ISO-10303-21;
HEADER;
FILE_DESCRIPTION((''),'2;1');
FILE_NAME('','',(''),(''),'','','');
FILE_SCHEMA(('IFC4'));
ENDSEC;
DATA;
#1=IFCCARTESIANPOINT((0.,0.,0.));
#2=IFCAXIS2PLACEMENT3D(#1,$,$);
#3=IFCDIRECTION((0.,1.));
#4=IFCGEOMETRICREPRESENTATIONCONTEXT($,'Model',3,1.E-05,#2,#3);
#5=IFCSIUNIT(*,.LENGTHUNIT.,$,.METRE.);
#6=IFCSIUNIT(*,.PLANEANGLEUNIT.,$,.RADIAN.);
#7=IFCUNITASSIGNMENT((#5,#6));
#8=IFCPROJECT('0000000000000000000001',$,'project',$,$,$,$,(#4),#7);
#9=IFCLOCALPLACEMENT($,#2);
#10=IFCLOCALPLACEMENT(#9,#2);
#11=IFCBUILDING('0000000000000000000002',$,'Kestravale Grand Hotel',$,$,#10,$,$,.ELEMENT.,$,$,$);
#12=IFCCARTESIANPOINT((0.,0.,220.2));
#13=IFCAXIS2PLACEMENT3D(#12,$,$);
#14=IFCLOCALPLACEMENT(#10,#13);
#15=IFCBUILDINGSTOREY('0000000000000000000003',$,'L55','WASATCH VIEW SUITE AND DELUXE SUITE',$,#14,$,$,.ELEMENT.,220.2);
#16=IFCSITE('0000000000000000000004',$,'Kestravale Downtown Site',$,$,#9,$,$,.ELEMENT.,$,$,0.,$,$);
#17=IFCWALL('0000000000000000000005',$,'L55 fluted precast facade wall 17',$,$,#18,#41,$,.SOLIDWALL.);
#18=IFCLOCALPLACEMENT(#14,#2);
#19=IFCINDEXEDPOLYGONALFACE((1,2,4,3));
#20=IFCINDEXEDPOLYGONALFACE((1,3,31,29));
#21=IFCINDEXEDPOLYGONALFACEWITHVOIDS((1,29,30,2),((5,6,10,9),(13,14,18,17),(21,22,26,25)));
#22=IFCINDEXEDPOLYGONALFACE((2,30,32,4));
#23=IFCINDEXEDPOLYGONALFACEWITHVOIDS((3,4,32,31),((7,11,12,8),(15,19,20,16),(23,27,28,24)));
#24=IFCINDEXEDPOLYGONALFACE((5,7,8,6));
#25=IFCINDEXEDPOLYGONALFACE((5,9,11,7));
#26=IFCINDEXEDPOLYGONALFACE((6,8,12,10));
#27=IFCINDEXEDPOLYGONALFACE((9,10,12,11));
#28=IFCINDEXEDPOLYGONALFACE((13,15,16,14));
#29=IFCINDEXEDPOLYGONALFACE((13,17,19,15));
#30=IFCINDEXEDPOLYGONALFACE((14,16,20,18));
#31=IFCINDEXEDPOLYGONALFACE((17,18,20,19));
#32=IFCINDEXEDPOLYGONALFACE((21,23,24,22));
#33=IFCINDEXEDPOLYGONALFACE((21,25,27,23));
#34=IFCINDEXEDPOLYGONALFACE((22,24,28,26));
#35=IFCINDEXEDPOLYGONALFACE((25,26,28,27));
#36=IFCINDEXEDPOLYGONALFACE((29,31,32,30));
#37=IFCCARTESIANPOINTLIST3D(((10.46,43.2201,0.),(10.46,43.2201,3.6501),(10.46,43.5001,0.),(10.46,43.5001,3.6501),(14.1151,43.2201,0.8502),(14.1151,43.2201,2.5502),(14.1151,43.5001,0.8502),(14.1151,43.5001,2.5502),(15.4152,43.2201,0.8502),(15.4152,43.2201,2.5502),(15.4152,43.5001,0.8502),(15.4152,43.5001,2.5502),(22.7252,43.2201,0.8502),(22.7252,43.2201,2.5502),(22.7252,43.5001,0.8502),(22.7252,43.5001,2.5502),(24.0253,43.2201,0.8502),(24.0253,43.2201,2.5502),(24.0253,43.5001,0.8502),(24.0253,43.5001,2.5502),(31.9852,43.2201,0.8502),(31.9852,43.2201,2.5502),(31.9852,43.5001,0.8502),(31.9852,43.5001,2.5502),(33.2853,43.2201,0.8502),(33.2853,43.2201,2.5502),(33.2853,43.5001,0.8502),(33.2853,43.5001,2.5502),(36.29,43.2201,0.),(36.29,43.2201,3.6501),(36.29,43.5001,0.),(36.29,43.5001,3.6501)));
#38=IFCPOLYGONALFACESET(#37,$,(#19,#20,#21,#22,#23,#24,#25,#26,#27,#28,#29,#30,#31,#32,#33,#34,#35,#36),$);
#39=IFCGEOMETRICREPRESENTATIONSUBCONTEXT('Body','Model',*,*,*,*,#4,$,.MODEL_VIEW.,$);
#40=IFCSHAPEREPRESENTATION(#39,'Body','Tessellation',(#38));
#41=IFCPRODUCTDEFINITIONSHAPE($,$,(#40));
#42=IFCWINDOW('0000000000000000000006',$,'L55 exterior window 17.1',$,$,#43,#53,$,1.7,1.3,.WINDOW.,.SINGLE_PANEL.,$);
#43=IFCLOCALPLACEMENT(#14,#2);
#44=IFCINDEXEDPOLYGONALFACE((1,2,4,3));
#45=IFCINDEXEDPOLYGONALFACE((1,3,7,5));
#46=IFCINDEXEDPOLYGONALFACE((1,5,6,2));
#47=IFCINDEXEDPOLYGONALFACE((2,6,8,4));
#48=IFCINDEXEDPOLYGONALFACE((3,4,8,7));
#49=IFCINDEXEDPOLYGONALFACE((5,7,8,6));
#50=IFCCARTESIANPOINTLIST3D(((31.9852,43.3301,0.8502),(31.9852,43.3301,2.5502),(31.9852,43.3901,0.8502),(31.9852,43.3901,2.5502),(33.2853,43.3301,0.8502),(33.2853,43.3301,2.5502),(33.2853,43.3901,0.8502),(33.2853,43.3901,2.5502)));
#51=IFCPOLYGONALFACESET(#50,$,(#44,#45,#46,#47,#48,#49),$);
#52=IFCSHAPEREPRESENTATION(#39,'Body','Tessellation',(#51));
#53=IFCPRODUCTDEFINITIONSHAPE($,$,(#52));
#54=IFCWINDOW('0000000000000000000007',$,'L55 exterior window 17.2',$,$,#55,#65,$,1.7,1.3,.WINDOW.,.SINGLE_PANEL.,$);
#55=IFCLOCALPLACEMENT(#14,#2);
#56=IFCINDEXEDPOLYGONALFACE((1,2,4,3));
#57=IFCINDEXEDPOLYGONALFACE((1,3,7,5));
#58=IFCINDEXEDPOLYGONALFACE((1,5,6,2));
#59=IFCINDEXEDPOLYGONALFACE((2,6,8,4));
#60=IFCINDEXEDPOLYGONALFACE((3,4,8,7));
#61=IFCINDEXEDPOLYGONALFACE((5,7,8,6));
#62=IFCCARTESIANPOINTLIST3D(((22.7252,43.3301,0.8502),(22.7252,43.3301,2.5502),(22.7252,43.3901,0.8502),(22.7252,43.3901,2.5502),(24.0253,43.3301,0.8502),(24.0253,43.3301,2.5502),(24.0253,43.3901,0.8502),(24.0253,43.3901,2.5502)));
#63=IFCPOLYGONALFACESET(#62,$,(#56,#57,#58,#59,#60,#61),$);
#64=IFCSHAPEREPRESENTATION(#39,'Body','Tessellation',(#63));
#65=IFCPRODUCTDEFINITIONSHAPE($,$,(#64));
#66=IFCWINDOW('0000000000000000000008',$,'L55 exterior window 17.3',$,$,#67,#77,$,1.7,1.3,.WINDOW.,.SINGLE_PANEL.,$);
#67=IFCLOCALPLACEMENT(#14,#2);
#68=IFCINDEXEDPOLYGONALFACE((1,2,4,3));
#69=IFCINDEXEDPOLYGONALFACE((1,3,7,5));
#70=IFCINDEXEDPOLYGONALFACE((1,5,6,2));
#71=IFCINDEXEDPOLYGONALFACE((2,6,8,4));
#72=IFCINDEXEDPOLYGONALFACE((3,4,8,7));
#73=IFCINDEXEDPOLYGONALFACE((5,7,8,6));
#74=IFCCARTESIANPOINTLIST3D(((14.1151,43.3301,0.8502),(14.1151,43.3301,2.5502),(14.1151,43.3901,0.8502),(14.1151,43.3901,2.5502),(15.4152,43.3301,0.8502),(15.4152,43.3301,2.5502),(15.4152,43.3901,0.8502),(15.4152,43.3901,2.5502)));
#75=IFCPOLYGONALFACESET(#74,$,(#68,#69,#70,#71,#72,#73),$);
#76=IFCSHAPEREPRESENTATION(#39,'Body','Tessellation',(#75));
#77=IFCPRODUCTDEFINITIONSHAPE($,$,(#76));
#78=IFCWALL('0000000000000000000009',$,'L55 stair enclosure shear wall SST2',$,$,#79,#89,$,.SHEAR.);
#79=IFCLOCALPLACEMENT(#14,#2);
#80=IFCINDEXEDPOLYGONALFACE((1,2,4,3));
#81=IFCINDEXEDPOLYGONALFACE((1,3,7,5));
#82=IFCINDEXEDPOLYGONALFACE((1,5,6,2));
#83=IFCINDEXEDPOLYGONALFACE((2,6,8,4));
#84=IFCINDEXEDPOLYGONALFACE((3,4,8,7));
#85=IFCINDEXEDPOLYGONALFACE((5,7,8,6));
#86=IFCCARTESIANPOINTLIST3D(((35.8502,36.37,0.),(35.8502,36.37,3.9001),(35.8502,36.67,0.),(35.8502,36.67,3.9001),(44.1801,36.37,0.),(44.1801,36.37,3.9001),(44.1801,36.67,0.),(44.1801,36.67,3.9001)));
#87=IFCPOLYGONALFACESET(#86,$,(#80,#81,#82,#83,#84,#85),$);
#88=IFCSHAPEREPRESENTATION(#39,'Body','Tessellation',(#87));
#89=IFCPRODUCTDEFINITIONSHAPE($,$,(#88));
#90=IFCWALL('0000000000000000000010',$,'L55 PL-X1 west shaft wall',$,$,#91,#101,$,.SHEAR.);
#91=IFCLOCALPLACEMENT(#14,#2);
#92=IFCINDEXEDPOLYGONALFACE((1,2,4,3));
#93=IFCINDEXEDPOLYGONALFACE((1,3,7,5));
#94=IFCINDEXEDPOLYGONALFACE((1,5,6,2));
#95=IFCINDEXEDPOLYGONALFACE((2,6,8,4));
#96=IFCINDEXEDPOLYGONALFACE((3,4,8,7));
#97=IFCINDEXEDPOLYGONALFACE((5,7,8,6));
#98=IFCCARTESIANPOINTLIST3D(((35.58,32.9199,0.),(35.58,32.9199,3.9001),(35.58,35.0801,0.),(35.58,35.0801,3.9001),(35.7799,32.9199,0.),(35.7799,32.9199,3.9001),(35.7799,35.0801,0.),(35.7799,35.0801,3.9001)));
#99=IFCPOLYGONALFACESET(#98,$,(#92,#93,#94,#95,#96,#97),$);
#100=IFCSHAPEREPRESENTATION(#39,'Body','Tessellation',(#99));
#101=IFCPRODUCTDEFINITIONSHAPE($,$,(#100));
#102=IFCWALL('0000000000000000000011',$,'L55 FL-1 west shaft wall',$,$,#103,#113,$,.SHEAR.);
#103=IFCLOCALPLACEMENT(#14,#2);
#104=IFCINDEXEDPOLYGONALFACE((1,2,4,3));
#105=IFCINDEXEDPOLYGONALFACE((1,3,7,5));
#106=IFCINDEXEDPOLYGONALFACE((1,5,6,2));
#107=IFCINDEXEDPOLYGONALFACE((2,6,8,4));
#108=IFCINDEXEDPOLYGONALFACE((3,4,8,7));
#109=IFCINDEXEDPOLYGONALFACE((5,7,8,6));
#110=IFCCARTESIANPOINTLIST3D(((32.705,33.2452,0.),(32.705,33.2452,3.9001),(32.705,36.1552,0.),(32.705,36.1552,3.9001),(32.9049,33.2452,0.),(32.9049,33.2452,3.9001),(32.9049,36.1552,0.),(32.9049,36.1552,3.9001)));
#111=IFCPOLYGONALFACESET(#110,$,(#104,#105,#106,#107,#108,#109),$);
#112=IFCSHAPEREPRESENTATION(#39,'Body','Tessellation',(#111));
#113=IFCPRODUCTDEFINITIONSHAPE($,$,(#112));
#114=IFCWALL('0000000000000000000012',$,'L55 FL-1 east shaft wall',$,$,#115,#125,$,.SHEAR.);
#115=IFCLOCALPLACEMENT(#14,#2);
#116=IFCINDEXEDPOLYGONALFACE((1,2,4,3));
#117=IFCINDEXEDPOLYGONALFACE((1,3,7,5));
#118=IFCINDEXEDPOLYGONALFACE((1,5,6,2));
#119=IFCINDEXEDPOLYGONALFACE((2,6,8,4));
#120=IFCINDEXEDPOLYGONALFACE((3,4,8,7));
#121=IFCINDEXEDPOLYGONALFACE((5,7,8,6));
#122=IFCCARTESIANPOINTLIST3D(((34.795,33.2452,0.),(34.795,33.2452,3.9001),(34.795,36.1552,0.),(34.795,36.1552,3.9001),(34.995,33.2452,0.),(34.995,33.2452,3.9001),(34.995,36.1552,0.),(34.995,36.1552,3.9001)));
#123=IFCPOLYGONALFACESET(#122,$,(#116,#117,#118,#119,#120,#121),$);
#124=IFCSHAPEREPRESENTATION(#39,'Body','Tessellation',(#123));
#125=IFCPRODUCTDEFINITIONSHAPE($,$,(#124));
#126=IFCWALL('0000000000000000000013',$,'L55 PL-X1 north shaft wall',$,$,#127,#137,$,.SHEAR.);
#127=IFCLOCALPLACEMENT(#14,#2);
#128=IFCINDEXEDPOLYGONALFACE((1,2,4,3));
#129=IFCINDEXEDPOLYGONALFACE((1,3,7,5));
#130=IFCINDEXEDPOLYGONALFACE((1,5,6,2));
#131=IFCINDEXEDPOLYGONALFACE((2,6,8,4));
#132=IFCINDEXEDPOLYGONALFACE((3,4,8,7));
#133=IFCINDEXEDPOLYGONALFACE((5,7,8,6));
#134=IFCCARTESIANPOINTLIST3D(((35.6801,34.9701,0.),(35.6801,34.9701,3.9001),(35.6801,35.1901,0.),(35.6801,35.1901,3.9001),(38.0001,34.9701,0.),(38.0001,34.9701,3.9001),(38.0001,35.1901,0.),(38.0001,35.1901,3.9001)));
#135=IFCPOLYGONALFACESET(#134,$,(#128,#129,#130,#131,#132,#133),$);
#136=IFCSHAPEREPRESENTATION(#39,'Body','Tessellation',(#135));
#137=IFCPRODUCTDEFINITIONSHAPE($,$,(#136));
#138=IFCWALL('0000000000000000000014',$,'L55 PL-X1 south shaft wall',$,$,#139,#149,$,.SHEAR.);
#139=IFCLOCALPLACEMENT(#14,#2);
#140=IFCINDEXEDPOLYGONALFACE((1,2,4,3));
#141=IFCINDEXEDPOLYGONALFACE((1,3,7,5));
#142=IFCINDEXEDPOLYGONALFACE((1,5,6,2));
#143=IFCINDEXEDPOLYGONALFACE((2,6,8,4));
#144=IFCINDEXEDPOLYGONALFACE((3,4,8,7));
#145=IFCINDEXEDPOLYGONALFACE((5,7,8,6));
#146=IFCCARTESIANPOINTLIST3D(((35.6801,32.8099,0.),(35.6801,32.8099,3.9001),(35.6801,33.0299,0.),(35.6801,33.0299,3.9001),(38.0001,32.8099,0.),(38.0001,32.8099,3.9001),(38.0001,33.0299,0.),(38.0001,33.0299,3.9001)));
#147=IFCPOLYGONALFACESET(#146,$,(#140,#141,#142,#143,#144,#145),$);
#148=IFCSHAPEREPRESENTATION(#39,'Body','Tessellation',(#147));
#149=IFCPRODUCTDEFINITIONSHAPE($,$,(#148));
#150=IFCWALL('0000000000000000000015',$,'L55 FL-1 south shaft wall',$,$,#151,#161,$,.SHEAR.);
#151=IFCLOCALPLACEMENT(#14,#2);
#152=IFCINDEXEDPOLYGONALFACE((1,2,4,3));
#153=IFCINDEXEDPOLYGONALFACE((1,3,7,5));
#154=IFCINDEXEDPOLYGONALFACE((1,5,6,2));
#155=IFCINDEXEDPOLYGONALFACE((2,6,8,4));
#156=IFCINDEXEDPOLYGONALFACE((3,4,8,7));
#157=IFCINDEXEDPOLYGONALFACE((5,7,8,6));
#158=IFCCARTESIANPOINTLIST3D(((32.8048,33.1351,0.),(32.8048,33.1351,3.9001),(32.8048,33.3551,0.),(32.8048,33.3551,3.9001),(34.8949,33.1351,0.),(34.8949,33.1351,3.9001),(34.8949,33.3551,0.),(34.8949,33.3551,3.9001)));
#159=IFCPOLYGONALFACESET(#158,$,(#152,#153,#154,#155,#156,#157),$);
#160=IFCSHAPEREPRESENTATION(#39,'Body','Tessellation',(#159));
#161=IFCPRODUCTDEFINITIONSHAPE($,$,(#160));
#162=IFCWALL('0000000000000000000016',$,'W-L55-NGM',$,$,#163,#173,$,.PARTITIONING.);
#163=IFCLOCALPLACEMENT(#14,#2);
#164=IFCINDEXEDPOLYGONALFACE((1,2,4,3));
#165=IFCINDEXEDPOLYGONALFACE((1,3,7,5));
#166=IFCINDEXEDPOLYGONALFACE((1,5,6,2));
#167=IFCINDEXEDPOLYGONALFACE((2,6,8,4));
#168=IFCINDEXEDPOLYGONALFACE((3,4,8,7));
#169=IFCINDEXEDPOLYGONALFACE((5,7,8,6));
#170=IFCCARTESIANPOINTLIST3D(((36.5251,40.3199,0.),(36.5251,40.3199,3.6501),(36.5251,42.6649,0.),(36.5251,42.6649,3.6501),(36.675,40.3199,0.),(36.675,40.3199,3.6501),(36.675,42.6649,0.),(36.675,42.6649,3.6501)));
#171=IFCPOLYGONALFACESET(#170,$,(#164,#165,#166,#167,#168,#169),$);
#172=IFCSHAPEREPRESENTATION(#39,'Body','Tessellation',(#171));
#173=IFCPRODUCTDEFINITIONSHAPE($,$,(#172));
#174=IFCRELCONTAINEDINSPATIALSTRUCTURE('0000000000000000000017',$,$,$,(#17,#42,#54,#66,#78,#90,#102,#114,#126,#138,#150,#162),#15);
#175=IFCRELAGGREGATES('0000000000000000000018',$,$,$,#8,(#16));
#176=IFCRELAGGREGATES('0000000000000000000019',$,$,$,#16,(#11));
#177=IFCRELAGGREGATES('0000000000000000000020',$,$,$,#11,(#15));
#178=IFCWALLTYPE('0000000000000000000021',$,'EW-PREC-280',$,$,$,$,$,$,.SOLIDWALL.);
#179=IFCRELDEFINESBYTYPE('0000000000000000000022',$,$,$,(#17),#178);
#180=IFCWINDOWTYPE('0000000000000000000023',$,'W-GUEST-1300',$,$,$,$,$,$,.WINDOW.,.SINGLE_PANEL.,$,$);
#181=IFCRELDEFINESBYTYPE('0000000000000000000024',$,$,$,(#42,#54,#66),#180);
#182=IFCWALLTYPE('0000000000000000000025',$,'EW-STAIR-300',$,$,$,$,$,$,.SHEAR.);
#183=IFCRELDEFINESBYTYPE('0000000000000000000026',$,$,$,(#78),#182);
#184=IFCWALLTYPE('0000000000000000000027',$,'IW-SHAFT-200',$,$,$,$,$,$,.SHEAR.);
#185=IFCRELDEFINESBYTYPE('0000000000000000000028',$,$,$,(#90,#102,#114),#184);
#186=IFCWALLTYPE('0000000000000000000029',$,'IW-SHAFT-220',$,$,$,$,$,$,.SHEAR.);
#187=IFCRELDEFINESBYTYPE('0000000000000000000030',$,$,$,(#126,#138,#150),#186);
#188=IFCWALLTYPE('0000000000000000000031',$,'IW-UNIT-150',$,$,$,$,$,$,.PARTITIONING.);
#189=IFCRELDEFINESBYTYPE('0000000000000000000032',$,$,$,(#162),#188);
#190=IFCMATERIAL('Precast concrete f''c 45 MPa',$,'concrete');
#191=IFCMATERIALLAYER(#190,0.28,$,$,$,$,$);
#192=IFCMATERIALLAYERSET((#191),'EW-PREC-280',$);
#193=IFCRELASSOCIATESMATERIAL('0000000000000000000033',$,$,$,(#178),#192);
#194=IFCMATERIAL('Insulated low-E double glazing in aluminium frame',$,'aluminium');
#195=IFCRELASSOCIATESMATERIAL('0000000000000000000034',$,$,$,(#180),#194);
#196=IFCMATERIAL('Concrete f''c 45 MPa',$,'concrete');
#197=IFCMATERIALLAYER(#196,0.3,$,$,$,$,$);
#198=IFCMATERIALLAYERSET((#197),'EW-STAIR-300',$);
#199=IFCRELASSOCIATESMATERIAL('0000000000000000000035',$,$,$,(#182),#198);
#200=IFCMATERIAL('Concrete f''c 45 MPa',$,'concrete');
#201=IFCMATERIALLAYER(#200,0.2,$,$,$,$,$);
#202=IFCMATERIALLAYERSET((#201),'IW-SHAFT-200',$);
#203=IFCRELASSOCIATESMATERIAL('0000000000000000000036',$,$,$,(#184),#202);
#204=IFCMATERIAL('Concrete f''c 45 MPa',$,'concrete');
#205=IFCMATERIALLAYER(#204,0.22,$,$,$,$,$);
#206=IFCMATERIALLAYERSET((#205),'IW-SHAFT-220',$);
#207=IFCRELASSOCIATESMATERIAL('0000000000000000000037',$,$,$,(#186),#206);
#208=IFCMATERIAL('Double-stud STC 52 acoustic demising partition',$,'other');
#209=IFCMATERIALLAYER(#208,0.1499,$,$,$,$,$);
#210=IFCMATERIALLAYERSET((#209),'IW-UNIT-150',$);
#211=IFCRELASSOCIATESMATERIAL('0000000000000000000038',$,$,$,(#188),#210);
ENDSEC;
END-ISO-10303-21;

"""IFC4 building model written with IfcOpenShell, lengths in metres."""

from ifc_helpers import new_model, si_unit, direction, frame, frame_2d, origin, place, context, subcontext, project, spatial, rectangle, extrude, material, layer, layer_set, type_object, element, fill, save


model = new_model("IFC4")

# Units and contexts
model_context = context("Model", 3, precision=1e-05, world=origin(), true_north=direction((0.0, 1.0)))
body_context = subcontext(model_context, "Body", "Model", "MODEL_VIEW")
ifc_project = project(units=[si_unit("LENGTHUNIT", "METRE"), si_unit("PLANEANGLEUNIT", "RADIAN")], contexts=[model_context])

# Site, building, storey
site_placement = place(None, origin())
site = spatial("IfcSite", under=ifc_project, at=site_placement, Name="Kestravale Downtown Site", CompositionType="ELEMENT", RefElevation=0.0)
building_placement = place(site_placement, origin())
building = spatial("IfcBuilding", under=site, at=building_placement, Name="Kestravale Grand Hotel", CompositionType="ELEMENT")
storey_placement = place(building_placement, frame((0.0, 0.0, 220.2)))
storey = spatial("IfcBuildingStorey", under=building, at=storey_placement, Name="L55", Description="WASATCH VIEW SUITE AND DELUXE SUITE", CompositionType="ELEMENT", Elevation=220.2)

# Shared definitions
ifc_material_1 = material(Name="Precast concrete f'c 45 MPa", Category="concrete")
ifc_layer_1 = layer(ifc_material_1, 0.28)
ifc_layer_set_1 = layer_set([ifc_layer_1], Name="EW-PREC-280")
wall_type_1 = type_object("IfcWallType", Name="EW-PREC-280", PredefinedType="SOLIDWALL", material=ifc_layer_set_1)

# Wall, openings, windows
wall_1_placement = place(storey_placement, frame((36.29, 43.3601, 0.0), z_axis=(0.0, 0.0, 1.0), x_axis=(-1.0, 0.0, 0.0)))
wall_1 = element("IfcWall", 1, at=wall_1_placement, inside=storey, type_object=wall_type_1, Name="L55 fluted precast facade wall 17", PredefinedType="SOLIDWALL", context=body_context, shape_type="SweptSolid", body=[
    extrude(rectangle(XDim=25.8301, YDim=0.28, at=frame_2d((12.915, 0.0))), origin(), (0.0, 0.0, 1.0), 3.6501),
])
opening_1_placement = place(wall_1_placement, frame((3.0049, 0.0, 0.8501)))
opening_1 = element("IfcOpeningElement", 2, at=opening_1_placement, cuts=wall_1, PredefinedType="OPENING", context=body_context, shape_type="SweptSolid", body=[
    extrude(rectangle(XDim=1.3, YDim=1.7, at=frame_2d((0.6499, 0.8501))), frame((0.0, 0.1499, 0.0), z_axis=(0.0, -1.0, 0.0), x_axis=(1.0, 0.0, 0.0)), (0.0, 0.0, 1.0), 0.3),
])
opening_2_placement = place(wall_1_placement, frame((12.2649, 0.0, 0.8501)))
opening_2 = element("IfcOpeningElement", 3, at=opening_2_placement, cuts=wall_1, PredefinedType="OPENING", context=body_context, shape_type="SweptSolid", body=[
    extrude(rectangle(XDim=1.3, YDim=1.7, at=frame_2d((0.6499, 0.8501))), frame((0.0, 0.1499, 0.0), z_axis=(0.0, -1.0, 0.0), x_axis=(1.0, 0.0, 0.0)), (0.0, 0.0, 1.0), 0.3),
])
opening_3_placement = place(wall_1_placement, frame((20.875, 0.0, 0.8501)))
opening_3 = element("IfcOpeningElement", 4, at=opening_3_placement, cuts=wall_1, PredefinedType="OPENING", context=body_context, shape_type="SweptSolid", body=[
    extrude(rectangle(XDim=1.3, YDim=1.7, at=frame_2d((0.6499, 0.8501))), frame((0.0, 0.1499, 0.0), z_axis=(0.0, -1.0, 0.0), x_axis=(1.0, 0.0, 0.0)), (0.0, 0.0, 1.0), 0.3),
])
ifc_material_2 = material(Name="Insulated low-E double glazing in aluminium frame", Category="aluminium")
window_type = type_object("IfcWindowType", Name="W-GUEST-1300", PartitioningType="SINGLE_PANEL", PredefinedType="WINDOW", material=ifc_material_2)
window_1_placement = place(opening_1_placement, origin())
window_1 = element("IfcWindow", 5, at=window_1_placement, inside=storey, type_object=window_type, Name="L55 exterior window 17.1", OverallHeight=1.7, OverallWidth=1.3, PartitioningType="SINGLE_PANEL", PredefinedType="WINDOW", context=body_context, shape_type="SweptSolid", body=[
    extrude(rectangle(XDim=1.3, YDim=1.7, at=frame_2d((0.6499, 0.8501))), frame((0.0, 0.03, 0.0), z_axis=(0.0, -1.0, 0.0), x_axis=(1.0, 0.0, 0.0)), (0.0, 0.0, 1.0), 0.0601),
])
fill(opening_1, window_1)
window_2_placement = place(opening_2_placement, origin())
window_2 = element("IfcWindow", 6, at=window_2_placement, inside=storey, type_object=window_type, Name="L55 exterior window 17.2", OverallHeight=1.7, OverallWidth=1.3, PartitioningType="SINGLE_PANEL", PredefinedType="WINDOW", context=body_context, shape_type="SweptSolid", body=[
    extrude(rectangle(XDim=1.3, YDim=1.7, at=frame_2d((0.6499, 0.8501))), frame((0.0, 0.03, 0.0), z_axis=(0.0, -1.0, 0.0), x_axis=(1.0, 0.0, 0.0)), (0.0, 0.0, 1.0), 0.0601),
])
fill(opening_2, window_2)
window_3_placement = place(opening_3_placement, origin())
window_3 = element("IfcWindow", 7, at=window_3_placement, inside=storey, type_object=window_type, Name="L55 exterior window 17.3", OverallHeight=1.7, OverallWidth=1.3, PartitioningType="SINGLE_PANEL", PredefinedType="WINDOW", context=body_context, shape_type="SweptSolid", body=[
    extrude(rectangle(XDim=1.3, YDim=1.7, at=frame_2d((0.6499, 0.8501))), frame((0.0, 0.03, 0.0), z_axis=(0.0, -1.0, 0.0), x_axis=(1.0, 0.0, 0.0)), (0.0, 0.0, 1.0), 0.0601),
])
fill(opening_3, window_3)

# Wall
ifc_material_3 = material(Name="Concrete f'c 45 MPa", Category="concrete")
ifc_layer_2 = layer(ifc_material_3, 0.3)
ifc_layer_set_2 = layer_set([ifc_layer_2], Name="EW-STAIR-300")
wall_type_2 = type_object("IfcWallType", Name="EW-STAIR-300", PredefinedType="SHEAR", material=ifc_layer_set_2)
wall_2_placement = place(storey_placement, frame((35.8501, 36.52, 0.0), z_axis=(0.0, 0.0, 1.0), x_axis=(1.0, 0.0, 0.0)))
element("IfcWall", 8, at=wall_2_placement, inside=storey, type_object=wall_type_2, Name="L55 stair enclosure shear wall SST2", PredefinedType="SHEAR", context=body_context, shape_type="SweptSolid", body=[
    extrude(rectangle(XDim=8.3298, YDim=0.3, at=frame_2d((4.165, 0.0))), origin(), (0.0, 0.0, 1.0), 3.9001),
])

# Walls
ifc_material_4 = material(Name="Concrete f'c 45 MPa", Category="concrete")
ifc_layer_3 = layer(ifc_material_4, 0.2)
ifc_layer_set_3 = layer_set([ifc_layer_3], Name="IW-SHAFT-200")
wall_type_3 = type_object("IfcWallType", Name="IW-SHAFT-200", PredefinedType="SHEAR", material=ifc_layer_set_3)
wall_3_placement = place(storey_placement, frame((35.6799, 32.9199, 0.0), z_axis=(0.0, 0.0, 1.0), x_axis=(0.0, 1.0, 0.0)))
element("IfcWall", 9, at=wall_3_placement, inside=storey, type_object=wall_type_3, Name="L55 PL-X1 west shaft wall", PredefinedType="SHEAR", context=body_context, shape_type="SweptSolid", body=[
    extrude(rectangle(XDim=2.1602, YDim=0.2, at=frame_2d((1.0801, 0.0))), origin(), (0.0, 0.0, 1.0), 3.9001),
])
for number, where, z_axis, x_axis, name in (
    (10, (32.8049, 33.2451, 0.0), (0.0, 0.0, 1.0), (0.0, 1.0, 0.0), "L55 FL-1 west shaft wall"),
    (11, (34.895, 33.2451, 0.0), (0.0, 0.0, 1.0), (0.0, 1.0, 0.0), "L55 FL-1 east shaft wall"),
):
    element("IfcWall", number, at=place(storey_placement, frame(where, z_axis=z_axis, x_axis=x_axis)), inside=storey, type_object=wall_type_3, Name=name, PredefinedType="SHEAR", context=body_context, shape_type="SweptSolid", body=[
        extrude(rectangle(XDim=2.9099, YDim=0.2, at=frame_2d((1.4551, 0.0))), origin(), (0.0, 0.0, 1.0), 3.9001),
    ])
ifc_material_5 = material(Name="Concrete f'c 45 MPa", Category="concrete")
ifc_layer_4 = layer(ifc_material_5, 0.22)
ifc_layer_set_4 = layer_set([ifc_layer_4], Name="IW-SHAFT-220")
wall_type_4 = type_object("IfcWallType", Name="IW-SHAFT-220", PredefinedType="SHEAR", material=ifc_layer_set_4)
for number, where, z_axis, x_axis, name in (
    (12, (35.6799, 35.0801, 0.0), (0.0, 0.0, 1.0), (1.0, 0.0, 0.0), "L55 PL-X1 north shaft wall"),
    (13, (35.6799, 32.9199, 0.0), (0.0, 0.0, 1.0), (1.0, 0.0, 0.0), "L55 PL-X1 south shaft wall"),
):
    element("IfcWall", number, at=place(storey_placement, frame(where, z_axis=z_axis, x_axis=x_axis)), inside=storey, type_object=wall_type_4, Name=name, PredefinedType="SHEAR", context=body_context, shape_type="SweptSolid", body=[
        extrude(rectangle(XDim=2.3201, YDim=0.22, at=frame_2d((1.1602, 0.0))), origin(), (0.0, 0.0, 1.0), 3.9001),
    ])

# Walls
wall_4_placement = place(storey_placement, frame((32.8049, 33.2451, 0.0), z_axis=(0.0, 0.0, 1.0), x_axis=(1.0, 0.0, 0.0)))
element("IfcWall", 14, at=wall_4_placement, inside=storey, type_object=wall_type_4, Name="L55 FL-1 south shaft wall", PredefinedType="SHEAR", context=body_context, shape_type="SweptSolid", body=[
    extrude(rectangle(XDim=2.0901, YDim=0.22, at=frame_2d((1.0449, 0.0))), origin(), (0.0, 0.0, 1.0), 3.9001),
])
ifc_material_6 = material(Name="Double-stud STC 52 acoustic demising partition", Category="other")
ifc_layer_5 = layer(ifc_material_6, 0.1499)
ifc_layer_set_5 = layer_set([ifc_layer_5], Name="IW-UNIT-150")
wall_type_5 = type_object("IfcWallType", Name="IW-UNIT-150", PredefinedType="PARTITIONING", material=ifc_layer_set_5)
wall_5_placement = place(storey_placement, frame((36.6001, 40.3201, 0.0), z_axis=(0.0, 0.0, 1.0), x_axis=(0.0, 1.0, 0.0)))
element("IfcWall", 15, at=wall_5_placement, inside=storey, type_object=wall_type_5, Name="W-L55-NGM", PredefinedType="PARTITIONING", context=body_context, shape_type="SweptSolid", body=[
    extrude(rectangle(XDim=2.345, YDim=0.1499, at=frame_2d((1.1724, 0.0))), origin(), (0.0, 0.0, 1.0), 3.6501),
])

save(model, "model.ifc")
